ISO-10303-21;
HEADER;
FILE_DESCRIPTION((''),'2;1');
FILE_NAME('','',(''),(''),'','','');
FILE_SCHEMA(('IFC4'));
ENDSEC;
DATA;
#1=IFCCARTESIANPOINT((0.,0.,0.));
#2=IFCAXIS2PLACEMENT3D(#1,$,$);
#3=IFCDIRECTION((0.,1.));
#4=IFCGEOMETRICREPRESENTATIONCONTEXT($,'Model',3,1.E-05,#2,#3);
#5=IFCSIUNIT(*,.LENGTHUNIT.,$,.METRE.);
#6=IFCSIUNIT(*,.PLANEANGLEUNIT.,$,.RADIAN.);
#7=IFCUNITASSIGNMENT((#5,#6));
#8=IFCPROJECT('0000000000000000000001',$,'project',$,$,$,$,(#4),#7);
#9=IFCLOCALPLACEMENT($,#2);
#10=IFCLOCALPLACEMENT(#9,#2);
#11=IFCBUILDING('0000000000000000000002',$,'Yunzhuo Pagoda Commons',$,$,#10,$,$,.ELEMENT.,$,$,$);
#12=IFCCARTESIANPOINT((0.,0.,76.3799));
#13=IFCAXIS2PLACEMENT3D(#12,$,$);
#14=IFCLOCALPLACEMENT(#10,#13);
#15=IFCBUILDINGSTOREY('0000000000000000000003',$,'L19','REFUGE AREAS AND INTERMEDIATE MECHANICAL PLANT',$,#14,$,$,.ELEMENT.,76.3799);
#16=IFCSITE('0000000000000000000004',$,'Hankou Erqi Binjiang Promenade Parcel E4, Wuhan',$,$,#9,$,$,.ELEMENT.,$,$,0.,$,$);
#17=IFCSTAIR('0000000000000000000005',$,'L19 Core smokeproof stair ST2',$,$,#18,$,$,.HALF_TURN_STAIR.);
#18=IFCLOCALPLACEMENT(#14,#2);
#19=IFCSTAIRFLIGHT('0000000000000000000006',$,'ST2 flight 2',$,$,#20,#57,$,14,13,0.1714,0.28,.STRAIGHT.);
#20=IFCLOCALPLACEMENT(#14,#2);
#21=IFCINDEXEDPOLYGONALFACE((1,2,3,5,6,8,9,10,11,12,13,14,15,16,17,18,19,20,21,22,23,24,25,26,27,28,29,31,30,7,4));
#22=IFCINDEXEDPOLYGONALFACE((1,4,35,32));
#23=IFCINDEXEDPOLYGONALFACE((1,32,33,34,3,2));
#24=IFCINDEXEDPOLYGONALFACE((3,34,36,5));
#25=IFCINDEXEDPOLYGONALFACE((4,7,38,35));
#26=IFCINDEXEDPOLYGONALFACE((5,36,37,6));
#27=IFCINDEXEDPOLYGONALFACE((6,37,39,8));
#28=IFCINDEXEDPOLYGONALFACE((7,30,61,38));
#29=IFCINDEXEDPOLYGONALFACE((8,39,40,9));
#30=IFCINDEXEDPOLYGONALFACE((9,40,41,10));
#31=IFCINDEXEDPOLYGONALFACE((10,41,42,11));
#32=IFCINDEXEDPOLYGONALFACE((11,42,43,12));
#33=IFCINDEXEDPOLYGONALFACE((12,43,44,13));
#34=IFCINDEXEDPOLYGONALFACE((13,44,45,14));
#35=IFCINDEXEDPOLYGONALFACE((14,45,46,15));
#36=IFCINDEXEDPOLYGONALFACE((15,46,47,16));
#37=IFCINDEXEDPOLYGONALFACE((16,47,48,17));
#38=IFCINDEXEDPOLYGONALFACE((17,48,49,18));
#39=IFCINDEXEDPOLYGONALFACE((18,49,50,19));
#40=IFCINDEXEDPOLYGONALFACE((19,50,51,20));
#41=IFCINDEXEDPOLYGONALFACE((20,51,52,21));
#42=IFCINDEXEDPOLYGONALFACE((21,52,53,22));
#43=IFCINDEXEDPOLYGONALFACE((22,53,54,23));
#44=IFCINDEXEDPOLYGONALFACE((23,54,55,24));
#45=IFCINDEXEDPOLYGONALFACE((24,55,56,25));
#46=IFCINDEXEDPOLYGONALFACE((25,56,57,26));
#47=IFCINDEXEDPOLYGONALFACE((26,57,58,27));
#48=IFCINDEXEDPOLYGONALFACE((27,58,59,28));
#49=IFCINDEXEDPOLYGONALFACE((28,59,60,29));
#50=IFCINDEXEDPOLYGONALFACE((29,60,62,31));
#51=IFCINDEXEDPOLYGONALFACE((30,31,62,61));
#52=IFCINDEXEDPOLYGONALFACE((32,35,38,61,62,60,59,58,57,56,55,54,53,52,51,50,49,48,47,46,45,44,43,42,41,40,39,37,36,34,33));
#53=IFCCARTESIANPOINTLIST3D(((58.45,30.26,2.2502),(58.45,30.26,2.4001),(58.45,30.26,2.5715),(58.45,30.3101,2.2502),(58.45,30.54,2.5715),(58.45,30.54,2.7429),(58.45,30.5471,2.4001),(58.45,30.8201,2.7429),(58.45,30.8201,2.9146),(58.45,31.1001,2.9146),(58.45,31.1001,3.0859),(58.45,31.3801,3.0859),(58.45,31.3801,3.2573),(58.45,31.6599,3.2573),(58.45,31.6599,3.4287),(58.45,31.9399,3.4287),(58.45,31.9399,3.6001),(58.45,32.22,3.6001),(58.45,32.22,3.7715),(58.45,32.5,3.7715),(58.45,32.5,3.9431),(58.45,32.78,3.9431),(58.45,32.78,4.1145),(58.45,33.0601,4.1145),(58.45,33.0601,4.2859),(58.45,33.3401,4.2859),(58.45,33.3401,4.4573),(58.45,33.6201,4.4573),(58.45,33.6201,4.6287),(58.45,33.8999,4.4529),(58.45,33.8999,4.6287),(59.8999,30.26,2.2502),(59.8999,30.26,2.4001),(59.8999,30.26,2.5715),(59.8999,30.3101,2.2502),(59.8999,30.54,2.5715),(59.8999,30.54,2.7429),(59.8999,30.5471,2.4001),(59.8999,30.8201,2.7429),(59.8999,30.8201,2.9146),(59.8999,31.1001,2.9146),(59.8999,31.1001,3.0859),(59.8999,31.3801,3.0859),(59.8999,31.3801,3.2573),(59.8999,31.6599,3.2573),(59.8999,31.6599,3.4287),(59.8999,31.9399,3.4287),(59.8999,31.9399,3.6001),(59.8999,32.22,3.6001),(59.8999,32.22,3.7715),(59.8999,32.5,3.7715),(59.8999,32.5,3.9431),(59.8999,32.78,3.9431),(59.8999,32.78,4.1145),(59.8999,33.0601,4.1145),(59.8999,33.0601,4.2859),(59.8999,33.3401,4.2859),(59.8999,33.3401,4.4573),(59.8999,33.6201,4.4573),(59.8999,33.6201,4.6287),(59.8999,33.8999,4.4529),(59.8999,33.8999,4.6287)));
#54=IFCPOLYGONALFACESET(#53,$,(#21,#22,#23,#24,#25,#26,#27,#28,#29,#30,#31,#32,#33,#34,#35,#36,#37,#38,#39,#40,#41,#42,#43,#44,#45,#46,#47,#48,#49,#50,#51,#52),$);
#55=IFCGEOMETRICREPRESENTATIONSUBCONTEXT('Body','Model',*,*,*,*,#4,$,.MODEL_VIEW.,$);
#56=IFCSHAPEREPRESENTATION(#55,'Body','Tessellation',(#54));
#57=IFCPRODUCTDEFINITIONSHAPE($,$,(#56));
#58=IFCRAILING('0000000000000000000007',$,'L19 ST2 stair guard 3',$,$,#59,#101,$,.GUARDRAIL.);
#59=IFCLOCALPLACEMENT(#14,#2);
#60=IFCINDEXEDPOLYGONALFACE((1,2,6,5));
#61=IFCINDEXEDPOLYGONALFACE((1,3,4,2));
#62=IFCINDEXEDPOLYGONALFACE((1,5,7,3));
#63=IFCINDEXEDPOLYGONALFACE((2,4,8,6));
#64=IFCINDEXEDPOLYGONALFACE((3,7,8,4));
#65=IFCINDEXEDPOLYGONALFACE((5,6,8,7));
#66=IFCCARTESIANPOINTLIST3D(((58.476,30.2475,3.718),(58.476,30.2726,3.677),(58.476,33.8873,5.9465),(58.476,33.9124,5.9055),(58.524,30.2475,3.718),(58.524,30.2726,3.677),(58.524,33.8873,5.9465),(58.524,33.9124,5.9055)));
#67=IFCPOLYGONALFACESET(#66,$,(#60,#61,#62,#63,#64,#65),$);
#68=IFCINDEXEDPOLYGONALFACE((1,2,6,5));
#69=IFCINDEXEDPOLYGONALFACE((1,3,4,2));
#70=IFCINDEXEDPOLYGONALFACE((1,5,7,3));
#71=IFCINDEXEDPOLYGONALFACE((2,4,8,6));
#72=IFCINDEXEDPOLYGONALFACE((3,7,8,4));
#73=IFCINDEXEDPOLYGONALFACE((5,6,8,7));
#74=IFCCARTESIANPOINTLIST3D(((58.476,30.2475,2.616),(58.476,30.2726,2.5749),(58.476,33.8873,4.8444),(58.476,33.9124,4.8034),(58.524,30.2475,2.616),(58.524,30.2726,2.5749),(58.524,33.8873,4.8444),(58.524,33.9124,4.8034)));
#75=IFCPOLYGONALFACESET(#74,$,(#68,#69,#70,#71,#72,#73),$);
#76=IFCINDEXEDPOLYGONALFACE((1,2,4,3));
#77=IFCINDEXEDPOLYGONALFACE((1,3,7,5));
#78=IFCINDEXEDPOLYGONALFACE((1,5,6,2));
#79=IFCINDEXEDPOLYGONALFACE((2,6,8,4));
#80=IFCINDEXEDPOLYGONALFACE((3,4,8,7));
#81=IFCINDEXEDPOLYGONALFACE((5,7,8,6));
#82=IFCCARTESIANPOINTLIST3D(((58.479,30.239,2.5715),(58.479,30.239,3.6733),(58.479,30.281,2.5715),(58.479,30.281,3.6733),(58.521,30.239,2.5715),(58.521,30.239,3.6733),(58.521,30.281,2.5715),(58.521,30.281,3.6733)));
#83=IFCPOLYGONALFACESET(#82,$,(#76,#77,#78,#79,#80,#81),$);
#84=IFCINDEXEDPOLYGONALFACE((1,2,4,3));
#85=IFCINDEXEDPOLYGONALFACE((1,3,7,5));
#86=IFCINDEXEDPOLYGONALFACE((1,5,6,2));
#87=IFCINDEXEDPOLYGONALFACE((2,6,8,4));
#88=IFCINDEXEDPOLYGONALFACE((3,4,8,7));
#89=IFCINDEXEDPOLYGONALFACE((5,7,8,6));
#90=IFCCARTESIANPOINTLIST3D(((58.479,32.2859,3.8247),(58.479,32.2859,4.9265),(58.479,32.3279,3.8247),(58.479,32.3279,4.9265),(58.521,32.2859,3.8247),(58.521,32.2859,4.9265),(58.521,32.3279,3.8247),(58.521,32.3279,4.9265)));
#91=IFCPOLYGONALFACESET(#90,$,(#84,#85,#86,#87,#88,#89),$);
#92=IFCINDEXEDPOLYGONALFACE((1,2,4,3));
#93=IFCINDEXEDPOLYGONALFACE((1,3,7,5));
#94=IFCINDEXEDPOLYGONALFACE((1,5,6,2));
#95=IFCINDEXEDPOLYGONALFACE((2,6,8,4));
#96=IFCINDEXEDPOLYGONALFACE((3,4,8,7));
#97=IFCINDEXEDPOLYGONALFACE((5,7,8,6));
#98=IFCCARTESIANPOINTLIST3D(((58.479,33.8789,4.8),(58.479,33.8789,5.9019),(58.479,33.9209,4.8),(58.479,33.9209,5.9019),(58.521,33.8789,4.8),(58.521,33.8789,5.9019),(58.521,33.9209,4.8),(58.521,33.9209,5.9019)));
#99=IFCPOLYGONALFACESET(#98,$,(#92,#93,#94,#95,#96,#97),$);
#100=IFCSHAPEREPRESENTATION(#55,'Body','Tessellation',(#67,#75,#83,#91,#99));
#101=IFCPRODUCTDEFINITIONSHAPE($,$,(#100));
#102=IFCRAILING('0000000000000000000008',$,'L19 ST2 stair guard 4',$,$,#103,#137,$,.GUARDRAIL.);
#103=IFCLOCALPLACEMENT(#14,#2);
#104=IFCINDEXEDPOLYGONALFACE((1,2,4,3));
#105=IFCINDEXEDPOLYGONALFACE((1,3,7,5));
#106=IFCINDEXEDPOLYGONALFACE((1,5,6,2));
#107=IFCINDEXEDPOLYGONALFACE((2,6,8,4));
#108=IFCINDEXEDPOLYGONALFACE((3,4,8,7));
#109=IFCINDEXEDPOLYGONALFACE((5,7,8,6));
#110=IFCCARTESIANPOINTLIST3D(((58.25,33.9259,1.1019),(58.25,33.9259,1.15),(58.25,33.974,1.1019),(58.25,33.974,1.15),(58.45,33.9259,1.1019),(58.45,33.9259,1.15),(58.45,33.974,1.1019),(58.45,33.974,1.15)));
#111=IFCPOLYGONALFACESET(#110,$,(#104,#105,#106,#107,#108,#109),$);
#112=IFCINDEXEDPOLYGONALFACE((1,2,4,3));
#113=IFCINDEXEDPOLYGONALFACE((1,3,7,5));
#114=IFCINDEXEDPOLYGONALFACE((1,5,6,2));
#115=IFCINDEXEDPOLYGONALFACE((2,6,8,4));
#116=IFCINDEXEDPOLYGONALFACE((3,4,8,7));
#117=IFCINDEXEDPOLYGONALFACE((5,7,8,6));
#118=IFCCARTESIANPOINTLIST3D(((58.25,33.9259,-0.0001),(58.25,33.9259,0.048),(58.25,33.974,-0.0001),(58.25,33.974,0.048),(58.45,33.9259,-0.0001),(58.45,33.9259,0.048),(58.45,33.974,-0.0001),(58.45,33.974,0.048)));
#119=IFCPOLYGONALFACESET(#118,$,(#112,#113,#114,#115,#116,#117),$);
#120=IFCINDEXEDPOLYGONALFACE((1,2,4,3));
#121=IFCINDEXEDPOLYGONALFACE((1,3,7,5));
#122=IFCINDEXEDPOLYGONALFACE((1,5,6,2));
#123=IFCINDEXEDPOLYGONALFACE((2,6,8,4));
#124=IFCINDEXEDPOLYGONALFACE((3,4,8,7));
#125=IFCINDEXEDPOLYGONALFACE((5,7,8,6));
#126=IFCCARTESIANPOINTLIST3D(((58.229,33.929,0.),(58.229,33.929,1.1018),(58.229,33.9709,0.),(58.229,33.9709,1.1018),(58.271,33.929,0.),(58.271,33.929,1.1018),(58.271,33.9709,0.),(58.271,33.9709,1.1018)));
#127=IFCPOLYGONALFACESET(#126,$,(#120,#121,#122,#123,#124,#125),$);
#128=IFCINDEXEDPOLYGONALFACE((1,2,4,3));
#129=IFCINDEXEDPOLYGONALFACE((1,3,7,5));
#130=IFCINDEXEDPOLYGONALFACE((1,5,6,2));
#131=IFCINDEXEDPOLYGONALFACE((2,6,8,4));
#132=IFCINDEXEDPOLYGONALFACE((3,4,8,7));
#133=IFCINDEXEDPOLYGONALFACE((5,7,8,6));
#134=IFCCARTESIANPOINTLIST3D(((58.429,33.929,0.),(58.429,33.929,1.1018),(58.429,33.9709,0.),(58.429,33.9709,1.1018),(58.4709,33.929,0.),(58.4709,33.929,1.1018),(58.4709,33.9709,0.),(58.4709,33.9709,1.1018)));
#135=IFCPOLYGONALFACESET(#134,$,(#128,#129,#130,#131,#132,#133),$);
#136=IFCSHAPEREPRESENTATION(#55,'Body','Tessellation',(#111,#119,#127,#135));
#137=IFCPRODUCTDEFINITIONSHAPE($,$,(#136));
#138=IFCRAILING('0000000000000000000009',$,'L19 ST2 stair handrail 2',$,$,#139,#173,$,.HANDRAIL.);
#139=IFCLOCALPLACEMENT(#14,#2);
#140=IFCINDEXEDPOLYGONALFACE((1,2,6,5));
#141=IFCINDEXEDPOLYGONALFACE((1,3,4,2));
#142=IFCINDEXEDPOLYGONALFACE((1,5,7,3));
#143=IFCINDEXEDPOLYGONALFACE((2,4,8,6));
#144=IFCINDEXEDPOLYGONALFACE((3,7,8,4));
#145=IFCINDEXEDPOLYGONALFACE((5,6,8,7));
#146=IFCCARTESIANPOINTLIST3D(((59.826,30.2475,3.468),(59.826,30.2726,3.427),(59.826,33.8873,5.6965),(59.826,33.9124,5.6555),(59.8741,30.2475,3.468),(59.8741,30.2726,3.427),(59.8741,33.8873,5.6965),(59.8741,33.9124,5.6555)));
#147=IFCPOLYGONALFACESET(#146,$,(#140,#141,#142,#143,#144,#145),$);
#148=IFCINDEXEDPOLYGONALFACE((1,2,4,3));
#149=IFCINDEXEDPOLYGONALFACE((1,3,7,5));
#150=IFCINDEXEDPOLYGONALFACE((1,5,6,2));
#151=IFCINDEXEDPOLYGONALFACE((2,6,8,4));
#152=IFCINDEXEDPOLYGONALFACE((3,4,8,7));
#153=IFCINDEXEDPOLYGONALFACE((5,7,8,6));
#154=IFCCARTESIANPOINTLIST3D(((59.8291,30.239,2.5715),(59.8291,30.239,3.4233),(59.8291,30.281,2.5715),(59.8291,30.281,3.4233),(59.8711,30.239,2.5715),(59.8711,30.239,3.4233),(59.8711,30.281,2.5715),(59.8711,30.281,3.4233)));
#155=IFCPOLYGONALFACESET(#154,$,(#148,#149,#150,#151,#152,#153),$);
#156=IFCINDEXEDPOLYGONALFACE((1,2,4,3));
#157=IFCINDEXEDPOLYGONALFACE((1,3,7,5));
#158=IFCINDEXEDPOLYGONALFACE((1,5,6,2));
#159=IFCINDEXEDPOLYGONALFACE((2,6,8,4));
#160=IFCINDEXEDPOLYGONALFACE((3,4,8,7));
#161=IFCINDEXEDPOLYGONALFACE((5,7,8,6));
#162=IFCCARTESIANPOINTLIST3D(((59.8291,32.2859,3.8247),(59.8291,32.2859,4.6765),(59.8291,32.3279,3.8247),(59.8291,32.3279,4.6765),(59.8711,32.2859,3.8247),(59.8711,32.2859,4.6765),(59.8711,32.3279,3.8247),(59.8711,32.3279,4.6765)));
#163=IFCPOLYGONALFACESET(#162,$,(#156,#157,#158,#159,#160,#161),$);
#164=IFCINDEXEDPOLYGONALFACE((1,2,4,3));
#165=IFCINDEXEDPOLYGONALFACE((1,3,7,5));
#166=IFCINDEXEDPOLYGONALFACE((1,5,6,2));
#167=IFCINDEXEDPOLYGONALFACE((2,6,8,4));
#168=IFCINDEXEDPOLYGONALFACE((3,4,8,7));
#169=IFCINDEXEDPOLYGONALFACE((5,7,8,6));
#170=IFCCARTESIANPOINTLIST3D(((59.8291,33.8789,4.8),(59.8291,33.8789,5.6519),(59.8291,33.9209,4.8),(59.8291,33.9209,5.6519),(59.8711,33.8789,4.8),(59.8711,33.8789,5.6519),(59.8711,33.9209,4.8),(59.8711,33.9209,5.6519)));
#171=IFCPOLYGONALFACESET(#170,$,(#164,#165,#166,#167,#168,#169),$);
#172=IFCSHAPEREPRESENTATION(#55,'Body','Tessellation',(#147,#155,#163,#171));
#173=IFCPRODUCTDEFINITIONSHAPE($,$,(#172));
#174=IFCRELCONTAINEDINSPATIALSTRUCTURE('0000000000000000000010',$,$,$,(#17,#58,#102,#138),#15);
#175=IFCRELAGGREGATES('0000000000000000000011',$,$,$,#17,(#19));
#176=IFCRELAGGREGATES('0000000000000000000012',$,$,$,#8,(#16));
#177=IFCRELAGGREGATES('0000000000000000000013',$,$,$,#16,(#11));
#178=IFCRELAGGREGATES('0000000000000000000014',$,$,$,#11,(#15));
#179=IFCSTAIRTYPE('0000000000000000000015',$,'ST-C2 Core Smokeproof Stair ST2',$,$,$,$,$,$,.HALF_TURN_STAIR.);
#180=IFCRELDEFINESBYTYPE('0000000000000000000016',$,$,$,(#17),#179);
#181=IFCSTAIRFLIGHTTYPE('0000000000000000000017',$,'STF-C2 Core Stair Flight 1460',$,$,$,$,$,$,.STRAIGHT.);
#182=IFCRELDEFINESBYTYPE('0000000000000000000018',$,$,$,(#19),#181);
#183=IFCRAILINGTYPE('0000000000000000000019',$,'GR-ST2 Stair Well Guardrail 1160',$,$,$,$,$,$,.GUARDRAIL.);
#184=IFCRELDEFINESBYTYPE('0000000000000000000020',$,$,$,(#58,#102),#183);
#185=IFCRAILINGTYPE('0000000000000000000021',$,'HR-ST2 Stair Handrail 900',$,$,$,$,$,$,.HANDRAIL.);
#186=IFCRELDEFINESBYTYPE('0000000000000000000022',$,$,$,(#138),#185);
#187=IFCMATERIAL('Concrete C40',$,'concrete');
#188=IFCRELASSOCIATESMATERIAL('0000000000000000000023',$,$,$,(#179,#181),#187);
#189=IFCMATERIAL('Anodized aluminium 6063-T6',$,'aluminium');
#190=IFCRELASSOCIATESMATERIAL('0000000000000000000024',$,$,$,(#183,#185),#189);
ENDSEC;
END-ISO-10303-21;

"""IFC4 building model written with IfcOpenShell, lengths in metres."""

from ifc_helpers import new_model, si_unit, direction, frame, origin, origin_2d, place, context, subcontext, project, spatial, polyline, rectangle, outline, extrude, source, transform, mapped, material, type_object, element, aggregate, save


model = new_model("IFC4")

# Units and contexts
model_context = context("Model", 3, precision=1e-05, world=origin(), true_north=direction((0.0, 1.0)))
body_context = subcontext(model_context, "Body", "Model", "MODEL_VIEW")
ifc_project = project(units=[si_unit("LENGTHUNIT", "METRE"), si_unit("PLANEANGLEUNIT", "RADIAN")], contexts=[model_context])

# Site, building, storey
site_placement = place(None, origin())
site = spatial("IfcSite", under=ifc_project, at=site_placement, Name="Hankou Erqi Binjiang Promenade Parcel E4, Wuhan", CompositionType="ELEMENT", RefElevation=0.0)
building_placement = place(site_placement, origin())
building = spatial("IfcBuilding", under=site, at=building_placement, Name="Yunzhuo Pagoda Commons", CompositionType="ELEMENT")
storey_placement = place(building_placement, frame((0.0, 0.0, 76.3799)))
storey = spatial("IfcBuildingStorey", under=building, at=storey_placement, Name="L19", Description="REFUGE AREAS AND INTERMEDIATE MECHANICAL PLANT", CompositionType="ELEMENT", Elevation=76.3799)

# Stair, stair flight
ifc_material_1 = material(Name="Concrete C40", Category="concrete")
stair_type = type_object("IfcStairType", Name="ST-C2 Core Smokeproof Stair ST2", PredefinedType="HALF_TURN_STAIR", material=ifc_material_1)
stair_placement = place(storey_placement, origin())
stair = element("IfcStair", 1, at=stair_placement, inside=storey, type_object=stair_type, Name="L19 Core smokeproof stair ST2", PredefinedType="HALF_TURN_STAIR")
stair_flight_type = type_object("IfcStairFlightType", Name="STF-C2 Core Stair Flight 1460", PredefinedType="STRAIGHT", material=ifc_material_1)
shared_shape_1 = source(origin(), body_context, "Body", "SweptSolid", [
    extrude(outline(polyline([(0.0, -0.1499), (0.0, 0.0), (0.0, 0.1714), (0.28, 0.1714), (0.28, 0.3428), (0.5601, 0.3428), (0.5601, 0.5144), (0.8401, 0.5144), (0.8401, 0.6858), (1.1201, 0.6858), (1.1201, 0.8572), (1.3999, 0.8572), (1.3999, 1.0286), (1.6799, 1.0286), (1.6799, 1.2), (1.96, 1.2), (1.96, 1.3713), (2.24, 1.3713), (2.24, 1.543), (2.52, 1.543), (2.52, 1.7144), (2.8, 1.7144), (2.8, 1.8857), (3.0801, 1.8857), (3.0801, 2.0571), (3.3601, 2.0571), (3.3601, 2.2285), (3.6399, 2.2285), (3.6399, 2.3999), (3.6399, 2.0527), (0.2871, 0.0), (0.05, -0.1499), (0.0, -0.1499)])), frame((0.0, 0.7251, 0.0), z_axis=(0.0, -1.0, 0.0), x_axis=(1.0, 0.0, 0.0)), (0.0, 0.0, 1.0), 1.45),
])
stair_flight_placement = place(storey_placement, frame((59.175, 30.26, 2.4001), z_axis=(0.0, 0.0, 1.0), x_axis=(0.0, 1.0, 0.0)))
stair_flight = element("IfcStairFlight", 2, at=stair_flight_placement, type_object=stair_flight_type, Name="ST2 flight 2", NumberOfRisers=14, NumberOfTreads=13, PredefinedType="STRAIGHT", RiserHeight=0.1714, TreadLength=0.28, context=body_context, shape_type="MappedRepresentation", body=[
    mapped(shared_shape_1, transform((0.0, 0.0, 0.0), scale=1.0)),
])
aggregate(stair, [stair_flight])

# Railings
ifc_material_2 = material(Name="Anodized aluminium 6063-T6", Category="aluminium")
railing_type_1 = type_object("IfcRailingType", Name="GR-ST2 Stair Well Guardrail 1160", PredefinedType="GUARDRAIL", material=ifc_material_2)
railing_1_placement = place(storey_placement, frame((58.5, 30.26, 2.5715)))
element("IfcRailing", 3, at=railing_1_placement, inside=storey, type_object=railing_type_1, Name="L19 ST2 stair guard 3", PredefinedType="GUARDRAIL", context=body_context, shape_type="SweptSolid", body=[
    extrude(rectangle(XDim=0.0481, YDim=0.0481, at=origin_2d()), frame((0.0, 0.0, 1.126), z_axis=(0.0, 0.85285, 0.522156), x_axis=(-1.0, 0.0, 0.0)), (0.0, 0.0, 1.0), 4.2678),
    extrude(rectangle(XDim=0.0481, YDim=0.0481, at=origin_2d()), frame((0.0, 0.0, 0.0239), z_axis=(0.0, 0.85285, 0.522156), x_axis=(-1.0, 0.0, 0.0)), (0.0, 0.0, 1.0), 4.2678),
    extrude(rectangle(XDim=0.042, YDim=0.042, at=origin_2d()), origin(), (0.0, 0.0, 1.0), 1.1018),
    extrude(rectangle(XDim=0.042, YDim=0.042, at=origin_2d()), frame((0.0, 2.0469, 1.2532)), (0.0, 0.0, 1.0), 1.1018),
    extrude(rectangle(XDim=0.042, YDim=0.042, at=origin_2d()), frame((0.0, 3.6399, 2.2285)), (0.0, 0.0, 1.0), 1.1018),
])
railing_2_placement = place(storey_placement, frame((58.25, 33.95, 0.0)))
element("IfcRailing", 4, at=railing_2_placement, inside=storey, type_object=railing_type_1, Name="L19 ST2 stair guard 4", PredefinedType="GUARDRAIL", context=body_context, shape_type="SweptSolid", body=[
    extrude(rectangle(XDim=0.0481, YDim=0.0481, at=origin_2d()), frame((0.0, 0.0, 1.126), z_axis=(1.0, 0.0, 0.0), x_axis=(0.0, 1.0, 0.0)), (0.0, 0.0, 1.0), 0.2),
    extrude(rectangle(XDim=0.0481, YDim=0.0481, at=origin_2d()), frame((0.0, 0.0, 0.0239), z_axis=(1.0, 0.0, 0.0), x_axis=(0.0, 1.0, 0.0)), (0.0, 0.0, 1.0), 0.2),
    extrude(rectangle(XDim=0.042, YDim=0.042, at=origin_2d()), origin(), (0.0, 0.0, 1.0), 1.1018),
    extrude(rectangle(XDim=0.042, YDim=0.042, at=origin_2d()), frame((0.2, 0.0, 0.0)), (0.0, 0.0, 1.0), 1.1018),
])
railing_type_2 = type_object("IfcRailingType", Name="HR-ST2 Stair Handrail 900", PredefinedType="HANDRAIL", material=ifc_material_2)
railing_3_placement = place(storey_placement, frame((59.8501, 30.26, 2.5715)))
element("IfcRailing", 5, at=railing_3_placement, inside=storey, type_object=railing_type_2, Name="L19 ST2 stair handrail 2", PredefinedType="HANDRAIL", context=body_context, shape_type="SweptSolid", body=[
    extrude(rectangle(XDim=0.0481, YDim=0.0481, at=origin_2d()), frame((0.0, 0.0, 0.876), z_axis=(0.0, 0.85285, 0.522156), x_axis=(-1.0, 0.0, 0.0)), (0.0, 0.0, 1.0), 4.2678),
    extrude(rectangle(XDim=0.042, YDim=0.042, at=origin_2d()), origin(), (0.0, 0.0, 1.0), 0.8518),
    extrude(rectangle(XDim=0.042, YDim=0.042, at=origin_2d()), frame((0.0, 2.0469, 1.2532)), (0.0, 0.0, 1.0), 0.8518),
    extrude(rectangle(XDim=0.042, YDim=0.042, at=origin_2d()), frame((0.0, 3.6399, 2.2285)), (0.0, 0.0, 1.0), 0.8518),
])

save(model, "model.ifc")
